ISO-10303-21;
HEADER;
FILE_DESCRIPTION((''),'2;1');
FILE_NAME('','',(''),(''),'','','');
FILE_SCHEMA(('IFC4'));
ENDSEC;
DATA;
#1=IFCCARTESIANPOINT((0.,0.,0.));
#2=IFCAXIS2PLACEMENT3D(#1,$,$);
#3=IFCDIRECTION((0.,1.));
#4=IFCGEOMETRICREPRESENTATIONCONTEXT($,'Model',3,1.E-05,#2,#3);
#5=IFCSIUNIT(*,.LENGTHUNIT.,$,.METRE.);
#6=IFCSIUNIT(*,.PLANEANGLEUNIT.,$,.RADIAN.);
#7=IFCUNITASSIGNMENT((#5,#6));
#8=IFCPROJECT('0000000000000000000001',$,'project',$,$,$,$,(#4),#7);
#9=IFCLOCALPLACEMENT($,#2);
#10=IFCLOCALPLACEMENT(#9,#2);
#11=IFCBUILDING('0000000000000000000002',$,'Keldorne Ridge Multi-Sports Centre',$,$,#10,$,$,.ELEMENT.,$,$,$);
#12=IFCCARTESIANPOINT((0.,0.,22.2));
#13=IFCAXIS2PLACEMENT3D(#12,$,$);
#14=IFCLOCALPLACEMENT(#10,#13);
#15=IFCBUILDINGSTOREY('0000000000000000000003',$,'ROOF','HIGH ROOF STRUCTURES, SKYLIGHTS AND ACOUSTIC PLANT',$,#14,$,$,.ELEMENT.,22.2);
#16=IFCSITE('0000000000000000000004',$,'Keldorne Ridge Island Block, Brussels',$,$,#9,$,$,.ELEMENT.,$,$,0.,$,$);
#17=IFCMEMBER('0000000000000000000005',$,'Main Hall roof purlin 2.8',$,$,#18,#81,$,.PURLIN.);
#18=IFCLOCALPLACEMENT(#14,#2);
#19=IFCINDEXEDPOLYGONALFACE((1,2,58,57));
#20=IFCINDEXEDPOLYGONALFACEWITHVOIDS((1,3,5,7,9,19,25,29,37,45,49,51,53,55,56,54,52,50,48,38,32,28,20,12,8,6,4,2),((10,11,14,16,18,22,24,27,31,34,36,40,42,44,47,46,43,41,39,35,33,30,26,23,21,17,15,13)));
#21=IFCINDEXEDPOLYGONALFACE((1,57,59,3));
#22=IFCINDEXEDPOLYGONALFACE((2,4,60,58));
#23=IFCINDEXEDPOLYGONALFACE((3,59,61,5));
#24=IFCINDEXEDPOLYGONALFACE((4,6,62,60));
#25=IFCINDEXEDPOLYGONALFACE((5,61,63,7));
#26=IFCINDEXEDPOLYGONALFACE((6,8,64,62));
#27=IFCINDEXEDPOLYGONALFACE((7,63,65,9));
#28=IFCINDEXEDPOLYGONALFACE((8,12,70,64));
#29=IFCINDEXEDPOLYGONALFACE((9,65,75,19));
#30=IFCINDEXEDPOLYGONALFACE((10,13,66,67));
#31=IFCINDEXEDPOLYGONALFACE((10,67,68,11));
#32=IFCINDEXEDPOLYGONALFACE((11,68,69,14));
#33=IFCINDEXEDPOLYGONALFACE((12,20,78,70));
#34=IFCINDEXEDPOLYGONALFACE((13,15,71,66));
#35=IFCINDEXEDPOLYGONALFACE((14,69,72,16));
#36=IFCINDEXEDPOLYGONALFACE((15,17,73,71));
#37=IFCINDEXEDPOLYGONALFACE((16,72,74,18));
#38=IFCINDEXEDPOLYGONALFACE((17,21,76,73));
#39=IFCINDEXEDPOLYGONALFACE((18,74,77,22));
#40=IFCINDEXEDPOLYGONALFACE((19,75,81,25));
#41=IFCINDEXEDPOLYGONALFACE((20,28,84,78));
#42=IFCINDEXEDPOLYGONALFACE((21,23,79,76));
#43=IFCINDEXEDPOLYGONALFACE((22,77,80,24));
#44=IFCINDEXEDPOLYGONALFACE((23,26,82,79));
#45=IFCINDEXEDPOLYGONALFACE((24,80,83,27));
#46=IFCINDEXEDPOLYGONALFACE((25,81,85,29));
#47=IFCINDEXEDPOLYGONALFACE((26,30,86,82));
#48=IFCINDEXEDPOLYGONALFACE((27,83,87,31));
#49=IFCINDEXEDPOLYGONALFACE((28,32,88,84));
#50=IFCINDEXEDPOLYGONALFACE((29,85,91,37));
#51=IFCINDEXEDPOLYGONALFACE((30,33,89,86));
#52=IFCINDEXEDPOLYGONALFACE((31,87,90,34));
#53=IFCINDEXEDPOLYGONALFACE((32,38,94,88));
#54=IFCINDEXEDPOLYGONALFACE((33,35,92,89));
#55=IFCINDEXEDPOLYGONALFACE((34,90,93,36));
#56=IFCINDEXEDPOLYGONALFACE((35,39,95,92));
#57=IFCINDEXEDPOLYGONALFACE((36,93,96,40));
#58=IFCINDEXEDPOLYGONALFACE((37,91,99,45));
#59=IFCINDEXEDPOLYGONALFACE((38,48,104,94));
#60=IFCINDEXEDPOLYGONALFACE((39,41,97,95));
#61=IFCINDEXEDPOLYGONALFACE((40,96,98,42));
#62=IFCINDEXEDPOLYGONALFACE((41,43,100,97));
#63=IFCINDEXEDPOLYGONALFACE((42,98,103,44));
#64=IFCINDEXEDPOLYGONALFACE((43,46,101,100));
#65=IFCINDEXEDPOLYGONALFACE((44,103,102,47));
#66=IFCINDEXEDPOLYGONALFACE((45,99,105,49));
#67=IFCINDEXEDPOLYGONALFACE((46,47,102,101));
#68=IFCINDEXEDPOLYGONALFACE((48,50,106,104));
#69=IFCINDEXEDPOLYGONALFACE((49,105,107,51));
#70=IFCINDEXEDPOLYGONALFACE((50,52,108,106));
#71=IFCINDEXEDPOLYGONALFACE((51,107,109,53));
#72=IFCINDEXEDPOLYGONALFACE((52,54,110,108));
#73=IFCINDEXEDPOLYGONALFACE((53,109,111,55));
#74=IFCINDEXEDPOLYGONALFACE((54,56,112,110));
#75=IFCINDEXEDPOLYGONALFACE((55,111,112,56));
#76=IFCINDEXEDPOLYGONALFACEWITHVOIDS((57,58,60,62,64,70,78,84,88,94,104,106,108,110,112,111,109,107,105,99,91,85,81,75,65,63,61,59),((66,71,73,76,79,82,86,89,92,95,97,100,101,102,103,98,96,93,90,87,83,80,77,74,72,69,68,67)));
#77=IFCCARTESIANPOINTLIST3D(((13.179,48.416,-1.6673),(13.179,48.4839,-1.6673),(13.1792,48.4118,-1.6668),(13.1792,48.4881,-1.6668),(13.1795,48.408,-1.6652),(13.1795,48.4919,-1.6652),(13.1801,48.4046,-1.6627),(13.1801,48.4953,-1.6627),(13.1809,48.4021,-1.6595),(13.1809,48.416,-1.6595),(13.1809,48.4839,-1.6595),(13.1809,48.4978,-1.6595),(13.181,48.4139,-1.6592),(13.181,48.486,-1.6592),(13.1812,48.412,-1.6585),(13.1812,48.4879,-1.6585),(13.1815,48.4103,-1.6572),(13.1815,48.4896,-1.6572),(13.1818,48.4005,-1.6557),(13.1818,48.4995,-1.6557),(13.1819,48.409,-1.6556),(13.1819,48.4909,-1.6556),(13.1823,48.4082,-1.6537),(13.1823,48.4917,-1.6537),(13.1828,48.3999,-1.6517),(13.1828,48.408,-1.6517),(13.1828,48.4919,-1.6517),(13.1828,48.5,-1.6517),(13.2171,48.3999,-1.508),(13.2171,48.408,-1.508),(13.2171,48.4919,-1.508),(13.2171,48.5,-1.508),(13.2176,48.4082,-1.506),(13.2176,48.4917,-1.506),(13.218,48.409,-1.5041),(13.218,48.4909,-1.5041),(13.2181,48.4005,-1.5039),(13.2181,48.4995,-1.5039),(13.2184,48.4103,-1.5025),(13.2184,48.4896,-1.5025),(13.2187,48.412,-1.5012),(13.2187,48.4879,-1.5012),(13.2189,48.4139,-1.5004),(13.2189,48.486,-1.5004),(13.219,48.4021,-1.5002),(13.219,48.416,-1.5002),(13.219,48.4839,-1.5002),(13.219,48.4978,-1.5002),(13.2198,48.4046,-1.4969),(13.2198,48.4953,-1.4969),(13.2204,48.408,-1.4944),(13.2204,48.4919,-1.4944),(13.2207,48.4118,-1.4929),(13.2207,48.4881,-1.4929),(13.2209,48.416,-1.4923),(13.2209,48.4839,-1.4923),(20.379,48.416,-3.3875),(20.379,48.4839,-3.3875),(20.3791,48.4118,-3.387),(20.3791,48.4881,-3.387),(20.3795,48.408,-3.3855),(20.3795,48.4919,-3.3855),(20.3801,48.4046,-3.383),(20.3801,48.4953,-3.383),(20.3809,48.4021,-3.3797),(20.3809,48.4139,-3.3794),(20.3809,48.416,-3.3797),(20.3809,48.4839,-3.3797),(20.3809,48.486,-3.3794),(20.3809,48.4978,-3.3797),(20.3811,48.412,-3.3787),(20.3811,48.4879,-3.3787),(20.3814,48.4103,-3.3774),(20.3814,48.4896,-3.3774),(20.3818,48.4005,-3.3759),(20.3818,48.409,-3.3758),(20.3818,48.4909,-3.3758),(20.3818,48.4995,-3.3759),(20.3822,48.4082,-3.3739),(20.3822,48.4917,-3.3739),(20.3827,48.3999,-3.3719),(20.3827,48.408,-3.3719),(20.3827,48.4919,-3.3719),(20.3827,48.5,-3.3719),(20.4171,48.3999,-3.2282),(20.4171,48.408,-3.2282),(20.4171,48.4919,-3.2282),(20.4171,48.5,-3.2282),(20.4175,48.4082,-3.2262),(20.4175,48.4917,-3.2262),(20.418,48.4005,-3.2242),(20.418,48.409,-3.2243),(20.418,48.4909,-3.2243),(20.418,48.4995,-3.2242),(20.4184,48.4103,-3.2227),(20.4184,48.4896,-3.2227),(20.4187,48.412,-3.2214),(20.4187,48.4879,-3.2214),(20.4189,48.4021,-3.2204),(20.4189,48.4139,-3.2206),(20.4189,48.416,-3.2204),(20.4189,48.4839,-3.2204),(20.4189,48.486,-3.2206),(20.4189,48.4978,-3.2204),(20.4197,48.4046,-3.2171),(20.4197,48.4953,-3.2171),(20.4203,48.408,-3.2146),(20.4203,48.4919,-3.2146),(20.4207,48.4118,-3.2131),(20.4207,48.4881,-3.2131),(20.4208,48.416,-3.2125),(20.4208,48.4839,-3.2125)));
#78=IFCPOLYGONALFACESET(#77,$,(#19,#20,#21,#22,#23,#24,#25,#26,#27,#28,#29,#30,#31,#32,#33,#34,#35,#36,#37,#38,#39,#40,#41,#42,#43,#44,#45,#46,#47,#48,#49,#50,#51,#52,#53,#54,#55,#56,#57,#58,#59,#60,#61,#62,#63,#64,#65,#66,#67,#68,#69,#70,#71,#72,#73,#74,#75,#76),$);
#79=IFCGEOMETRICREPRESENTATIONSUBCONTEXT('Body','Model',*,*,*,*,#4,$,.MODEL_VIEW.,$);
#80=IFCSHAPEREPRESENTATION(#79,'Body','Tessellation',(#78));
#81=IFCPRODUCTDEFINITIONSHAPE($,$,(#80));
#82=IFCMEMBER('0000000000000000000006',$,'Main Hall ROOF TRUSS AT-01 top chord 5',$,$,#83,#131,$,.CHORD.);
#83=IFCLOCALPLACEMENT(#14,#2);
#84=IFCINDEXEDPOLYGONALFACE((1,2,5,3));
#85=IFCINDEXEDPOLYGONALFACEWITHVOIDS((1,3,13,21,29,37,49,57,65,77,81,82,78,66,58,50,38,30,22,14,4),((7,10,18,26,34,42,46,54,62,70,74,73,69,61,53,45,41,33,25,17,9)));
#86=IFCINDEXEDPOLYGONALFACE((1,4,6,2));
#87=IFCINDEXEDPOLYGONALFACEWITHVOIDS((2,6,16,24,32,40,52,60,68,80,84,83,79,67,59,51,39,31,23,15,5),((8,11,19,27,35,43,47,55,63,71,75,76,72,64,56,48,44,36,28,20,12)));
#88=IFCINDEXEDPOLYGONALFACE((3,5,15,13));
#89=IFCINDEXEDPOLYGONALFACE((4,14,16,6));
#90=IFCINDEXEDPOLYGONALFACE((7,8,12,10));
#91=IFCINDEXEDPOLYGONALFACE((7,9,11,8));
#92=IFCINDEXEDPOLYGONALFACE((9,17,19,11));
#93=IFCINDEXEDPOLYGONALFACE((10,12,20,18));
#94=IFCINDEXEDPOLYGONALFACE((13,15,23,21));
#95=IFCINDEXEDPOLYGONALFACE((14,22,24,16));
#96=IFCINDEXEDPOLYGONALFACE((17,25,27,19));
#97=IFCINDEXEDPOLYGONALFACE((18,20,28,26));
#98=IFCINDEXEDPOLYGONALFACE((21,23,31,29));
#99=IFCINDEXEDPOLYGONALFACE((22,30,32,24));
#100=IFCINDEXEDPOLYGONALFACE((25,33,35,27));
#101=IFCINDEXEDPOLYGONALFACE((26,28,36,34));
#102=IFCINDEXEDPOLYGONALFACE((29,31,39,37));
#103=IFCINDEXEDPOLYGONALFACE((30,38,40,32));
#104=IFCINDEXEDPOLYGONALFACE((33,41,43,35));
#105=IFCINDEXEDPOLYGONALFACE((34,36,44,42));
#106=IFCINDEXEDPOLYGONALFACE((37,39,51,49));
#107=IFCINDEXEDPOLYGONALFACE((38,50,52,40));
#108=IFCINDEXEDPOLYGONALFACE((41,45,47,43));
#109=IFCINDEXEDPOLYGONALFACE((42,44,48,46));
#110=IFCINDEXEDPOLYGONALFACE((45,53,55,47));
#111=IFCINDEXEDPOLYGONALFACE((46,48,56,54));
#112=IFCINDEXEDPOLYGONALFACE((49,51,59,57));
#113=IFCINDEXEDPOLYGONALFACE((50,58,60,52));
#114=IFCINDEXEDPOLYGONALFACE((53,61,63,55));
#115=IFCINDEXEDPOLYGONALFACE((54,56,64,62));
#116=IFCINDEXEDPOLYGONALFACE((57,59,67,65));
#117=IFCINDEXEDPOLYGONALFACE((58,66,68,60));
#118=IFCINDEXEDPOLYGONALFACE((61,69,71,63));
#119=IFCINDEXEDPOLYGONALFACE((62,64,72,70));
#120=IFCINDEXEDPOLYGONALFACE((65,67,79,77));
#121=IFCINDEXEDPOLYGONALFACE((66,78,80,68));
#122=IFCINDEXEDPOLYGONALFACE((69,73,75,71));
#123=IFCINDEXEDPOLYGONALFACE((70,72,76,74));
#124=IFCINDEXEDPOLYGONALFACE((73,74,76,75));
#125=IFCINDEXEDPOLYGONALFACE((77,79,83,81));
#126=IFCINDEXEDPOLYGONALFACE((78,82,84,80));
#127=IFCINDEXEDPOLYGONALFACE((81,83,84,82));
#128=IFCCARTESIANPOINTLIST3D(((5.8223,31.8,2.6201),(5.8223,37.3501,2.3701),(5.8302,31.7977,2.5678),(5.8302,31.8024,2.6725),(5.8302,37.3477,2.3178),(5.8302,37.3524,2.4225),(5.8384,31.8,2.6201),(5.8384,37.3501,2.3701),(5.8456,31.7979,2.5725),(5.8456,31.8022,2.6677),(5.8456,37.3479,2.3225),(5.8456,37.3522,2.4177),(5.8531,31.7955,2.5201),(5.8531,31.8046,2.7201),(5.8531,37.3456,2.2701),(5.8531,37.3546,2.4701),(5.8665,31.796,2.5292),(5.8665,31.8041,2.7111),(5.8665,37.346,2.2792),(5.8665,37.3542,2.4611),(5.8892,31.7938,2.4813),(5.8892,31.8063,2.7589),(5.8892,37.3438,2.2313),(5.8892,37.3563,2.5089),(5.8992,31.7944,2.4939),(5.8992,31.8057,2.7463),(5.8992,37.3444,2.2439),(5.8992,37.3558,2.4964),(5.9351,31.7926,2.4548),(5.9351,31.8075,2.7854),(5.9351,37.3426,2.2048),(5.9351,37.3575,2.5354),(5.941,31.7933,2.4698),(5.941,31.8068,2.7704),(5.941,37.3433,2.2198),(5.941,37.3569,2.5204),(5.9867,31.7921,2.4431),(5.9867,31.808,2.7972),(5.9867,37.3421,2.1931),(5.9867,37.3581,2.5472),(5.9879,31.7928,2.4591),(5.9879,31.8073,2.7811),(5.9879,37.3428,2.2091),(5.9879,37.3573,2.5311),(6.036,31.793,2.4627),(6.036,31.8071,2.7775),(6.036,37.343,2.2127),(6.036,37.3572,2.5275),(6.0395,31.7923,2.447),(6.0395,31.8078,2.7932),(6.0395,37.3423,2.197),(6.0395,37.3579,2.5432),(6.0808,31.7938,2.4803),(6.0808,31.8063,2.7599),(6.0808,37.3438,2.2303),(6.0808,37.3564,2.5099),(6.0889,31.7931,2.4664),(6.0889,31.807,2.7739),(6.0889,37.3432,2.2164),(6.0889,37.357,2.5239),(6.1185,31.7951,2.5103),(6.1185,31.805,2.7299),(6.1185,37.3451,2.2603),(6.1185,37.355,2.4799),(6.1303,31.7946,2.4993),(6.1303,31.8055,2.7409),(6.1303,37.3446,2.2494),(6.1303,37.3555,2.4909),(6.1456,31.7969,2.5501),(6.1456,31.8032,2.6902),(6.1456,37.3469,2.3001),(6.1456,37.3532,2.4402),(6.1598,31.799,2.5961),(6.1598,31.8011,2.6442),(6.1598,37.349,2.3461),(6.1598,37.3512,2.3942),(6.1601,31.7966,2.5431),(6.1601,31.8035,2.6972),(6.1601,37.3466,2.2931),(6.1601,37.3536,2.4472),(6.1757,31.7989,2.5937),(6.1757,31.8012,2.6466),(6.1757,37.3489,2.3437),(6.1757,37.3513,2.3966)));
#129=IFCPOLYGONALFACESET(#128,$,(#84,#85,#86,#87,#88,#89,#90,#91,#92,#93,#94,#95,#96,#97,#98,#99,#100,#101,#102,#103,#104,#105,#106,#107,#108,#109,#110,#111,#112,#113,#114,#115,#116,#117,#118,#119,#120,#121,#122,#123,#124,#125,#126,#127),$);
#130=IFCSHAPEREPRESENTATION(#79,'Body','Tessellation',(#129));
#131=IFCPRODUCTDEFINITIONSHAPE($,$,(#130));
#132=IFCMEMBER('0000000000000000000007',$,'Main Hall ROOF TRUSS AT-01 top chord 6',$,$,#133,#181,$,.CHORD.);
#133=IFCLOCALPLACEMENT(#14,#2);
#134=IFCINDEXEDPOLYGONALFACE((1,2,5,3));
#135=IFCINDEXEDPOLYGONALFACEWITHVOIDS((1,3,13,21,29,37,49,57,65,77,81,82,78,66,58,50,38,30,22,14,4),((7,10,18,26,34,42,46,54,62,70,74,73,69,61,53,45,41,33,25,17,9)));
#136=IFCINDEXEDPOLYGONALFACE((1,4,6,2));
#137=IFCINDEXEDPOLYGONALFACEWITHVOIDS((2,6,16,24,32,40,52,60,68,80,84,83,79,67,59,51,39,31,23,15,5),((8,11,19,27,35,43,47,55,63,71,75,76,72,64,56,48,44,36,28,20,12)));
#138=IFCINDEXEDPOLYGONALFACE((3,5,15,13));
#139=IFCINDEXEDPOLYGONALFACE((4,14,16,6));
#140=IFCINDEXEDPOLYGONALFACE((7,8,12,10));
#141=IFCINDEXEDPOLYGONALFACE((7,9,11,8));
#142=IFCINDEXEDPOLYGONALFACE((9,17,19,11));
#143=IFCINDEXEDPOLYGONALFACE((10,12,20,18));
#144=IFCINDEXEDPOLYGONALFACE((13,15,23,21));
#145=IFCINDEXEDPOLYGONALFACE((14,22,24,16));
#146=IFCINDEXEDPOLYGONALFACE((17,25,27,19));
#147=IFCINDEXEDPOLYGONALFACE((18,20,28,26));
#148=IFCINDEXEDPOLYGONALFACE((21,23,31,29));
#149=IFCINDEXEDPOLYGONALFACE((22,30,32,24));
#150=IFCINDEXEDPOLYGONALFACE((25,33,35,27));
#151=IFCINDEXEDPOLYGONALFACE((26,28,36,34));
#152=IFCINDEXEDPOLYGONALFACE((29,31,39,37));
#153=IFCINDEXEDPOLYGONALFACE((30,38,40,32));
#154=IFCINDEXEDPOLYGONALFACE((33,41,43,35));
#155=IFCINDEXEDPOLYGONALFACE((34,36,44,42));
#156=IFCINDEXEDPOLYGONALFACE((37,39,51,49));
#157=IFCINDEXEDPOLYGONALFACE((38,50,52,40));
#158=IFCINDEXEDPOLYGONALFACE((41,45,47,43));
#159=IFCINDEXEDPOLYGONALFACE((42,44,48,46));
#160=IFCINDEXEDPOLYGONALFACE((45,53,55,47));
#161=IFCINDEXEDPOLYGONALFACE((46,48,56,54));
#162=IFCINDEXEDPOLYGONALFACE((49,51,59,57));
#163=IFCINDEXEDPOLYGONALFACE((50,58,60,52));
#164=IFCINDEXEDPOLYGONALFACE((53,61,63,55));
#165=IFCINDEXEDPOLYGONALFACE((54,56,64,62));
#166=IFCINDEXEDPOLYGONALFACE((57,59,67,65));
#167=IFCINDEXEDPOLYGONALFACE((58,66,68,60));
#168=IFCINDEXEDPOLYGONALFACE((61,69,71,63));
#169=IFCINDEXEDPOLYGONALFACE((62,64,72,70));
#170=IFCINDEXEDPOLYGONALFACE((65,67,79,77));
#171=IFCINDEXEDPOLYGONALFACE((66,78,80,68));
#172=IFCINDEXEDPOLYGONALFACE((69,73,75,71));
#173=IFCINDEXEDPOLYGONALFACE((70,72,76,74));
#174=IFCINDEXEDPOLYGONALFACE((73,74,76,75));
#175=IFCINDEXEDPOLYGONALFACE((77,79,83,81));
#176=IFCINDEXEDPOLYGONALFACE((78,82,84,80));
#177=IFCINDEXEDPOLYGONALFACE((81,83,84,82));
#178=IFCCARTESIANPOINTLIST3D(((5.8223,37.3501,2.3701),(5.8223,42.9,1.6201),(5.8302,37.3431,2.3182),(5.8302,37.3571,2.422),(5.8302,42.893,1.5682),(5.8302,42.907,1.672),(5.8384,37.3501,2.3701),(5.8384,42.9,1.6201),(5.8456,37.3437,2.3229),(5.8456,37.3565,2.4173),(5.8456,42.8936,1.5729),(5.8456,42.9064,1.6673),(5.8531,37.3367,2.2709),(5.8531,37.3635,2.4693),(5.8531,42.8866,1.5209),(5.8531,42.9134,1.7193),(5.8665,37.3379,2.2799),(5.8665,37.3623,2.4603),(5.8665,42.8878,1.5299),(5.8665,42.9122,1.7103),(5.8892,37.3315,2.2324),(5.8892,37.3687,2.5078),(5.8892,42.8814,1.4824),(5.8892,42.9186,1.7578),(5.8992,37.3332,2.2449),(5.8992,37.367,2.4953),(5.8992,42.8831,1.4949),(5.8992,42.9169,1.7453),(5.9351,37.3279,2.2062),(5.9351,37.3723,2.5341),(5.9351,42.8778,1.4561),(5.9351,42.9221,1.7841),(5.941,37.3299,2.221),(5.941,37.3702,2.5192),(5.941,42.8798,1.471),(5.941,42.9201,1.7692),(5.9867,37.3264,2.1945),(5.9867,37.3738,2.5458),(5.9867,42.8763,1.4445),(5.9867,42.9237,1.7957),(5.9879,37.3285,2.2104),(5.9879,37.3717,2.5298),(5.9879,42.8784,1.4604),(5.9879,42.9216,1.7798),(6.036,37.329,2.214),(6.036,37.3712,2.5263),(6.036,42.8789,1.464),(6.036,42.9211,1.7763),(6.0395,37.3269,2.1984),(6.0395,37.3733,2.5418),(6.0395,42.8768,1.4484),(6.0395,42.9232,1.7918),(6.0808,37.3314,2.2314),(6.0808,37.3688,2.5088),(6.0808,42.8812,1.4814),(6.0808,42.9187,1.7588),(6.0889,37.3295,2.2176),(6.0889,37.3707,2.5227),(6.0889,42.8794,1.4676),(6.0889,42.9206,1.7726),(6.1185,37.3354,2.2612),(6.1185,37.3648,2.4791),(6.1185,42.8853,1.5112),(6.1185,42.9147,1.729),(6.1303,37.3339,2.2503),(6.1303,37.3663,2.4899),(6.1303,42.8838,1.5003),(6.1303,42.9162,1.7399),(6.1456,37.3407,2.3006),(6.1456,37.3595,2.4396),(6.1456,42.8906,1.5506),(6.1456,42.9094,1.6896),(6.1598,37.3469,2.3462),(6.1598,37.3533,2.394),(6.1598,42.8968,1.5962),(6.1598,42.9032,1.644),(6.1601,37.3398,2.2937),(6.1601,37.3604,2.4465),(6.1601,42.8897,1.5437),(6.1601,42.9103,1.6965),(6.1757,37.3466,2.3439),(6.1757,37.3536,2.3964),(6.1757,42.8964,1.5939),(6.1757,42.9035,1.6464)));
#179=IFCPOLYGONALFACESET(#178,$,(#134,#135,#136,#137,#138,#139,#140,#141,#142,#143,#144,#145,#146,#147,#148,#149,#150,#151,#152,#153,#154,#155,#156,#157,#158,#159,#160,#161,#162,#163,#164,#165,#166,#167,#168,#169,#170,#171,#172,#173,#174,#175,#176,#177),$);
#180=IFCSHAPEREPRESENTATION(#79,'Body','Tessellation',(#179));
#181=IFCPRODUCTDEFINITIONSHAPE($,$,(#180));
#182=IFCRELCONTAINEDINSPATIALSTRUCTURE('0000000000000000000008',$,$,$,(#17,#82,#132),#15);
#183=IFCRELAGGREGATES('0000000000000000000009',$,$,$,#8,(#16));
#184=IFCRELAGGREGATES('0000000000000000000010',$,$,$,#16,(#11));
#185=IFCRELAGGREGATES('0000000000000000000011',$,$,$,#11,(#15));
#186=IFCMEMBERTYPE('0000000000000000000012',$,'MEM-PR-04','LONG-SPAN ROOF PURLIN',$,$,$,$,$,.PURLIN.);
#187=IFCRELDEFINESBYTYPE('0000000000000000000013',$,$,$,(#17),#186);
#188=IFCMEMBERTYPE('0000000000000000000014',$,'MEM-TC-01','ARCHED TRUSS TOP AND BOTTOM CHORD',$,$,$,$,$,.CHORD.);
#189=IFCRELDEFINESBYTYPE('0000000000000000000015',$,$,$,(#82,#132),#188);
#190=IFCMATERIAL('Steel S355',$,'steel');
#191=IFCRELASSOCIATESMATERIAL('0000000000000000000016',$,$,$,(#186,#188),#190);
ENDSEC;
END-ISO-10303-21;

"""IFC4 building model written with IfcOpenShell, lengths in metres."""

from ifc_helpers import new_model, si_unit, direction, frame, origin, origin_2d, place, context, subcontext, project, spatial, hollow_rectangle, hollow_circle, extrude, material, material_profile, profile_set, type_object, element, save


model = new_model("IFC4")

# Units and contexts
model_context = context("Model", 3, precision=1e-05, world=origin(), true_north=direction((0.0, 1.0)))
body_context = subcontext(model_context, "Body", "Model", "MODEL_VIEW")
ifc_project = project(units=[si_unit("LENGTHUNIT", "METRE"), si_unit("PLANEANGLEUNIT", "RADIAN")], contexts=[model_context])

# Site, building, storey
site_placement = place(None, origin())
site = spatial("IfcSite", under=ifc_project, at=site_placement, Name="Keldorne Ridge Island Block, Brussels", CompositionType="ELEMENT", RefElevation=0.0)
building_placement = place(site_placement, origin())
building = spatial("IfcBuilding", under=site, at=building_placement, Name="Keldorne Ridge Multi-Sports Centre", CompositionType="ELEMENT")
storey_placement = place(building_placement, frame((0.0, 0.0, 22.2)))
storey = spatial("IfcBuildingStorey", under=building, at=storey_placement, Name="ROOF", Description="HIGH ROOF STRUCTURES, SKYLIGHTS AND ACOUSTIC PLANT", CompositionType="ELEMENT", Elevation=22.2)

# Members
ifc_material = material(Name="Steel S355", Category="steel")
ifc_material_profile_1 = material_profile(ifc_material, hollow_rectangle(XDim=0.1001, YDim=0.1799, WallThickness=0.0081, InnerFilletRadius=0.0081, OuterFilletRadius=0.0161, at=origin_2d()), Name="RHS 180x100x8")
ifc_profile_set_1 = profile_set([ifc_material_profile_1], Name="Steel S355")
member_type_1 = type_object("IfcMemberType", Name="MEM-PR-04", Description="LONG-SPAN ROOF PURLIN", PredefinedType="PURLIN", material=ifc_profile_set_1)
for number, where, z_axis, x_axis, name in (
    (1, (13.2, 48.45, -1.5798), (0.972625, 0.0, -0.23238), (0.0, 1.0, 0.0), "Main Hall roof purlin 2.8"),
):
    element("IfcMember", number, at=place(storey_placement, frame(where, z_axis=z_axis, x_axis=x_axis)), inside=storey, type_object=member_type_1, Name=name, PredefinedType="PURLIN", context=body_context, shape_type="SweptSolid", body=[
        extrude(hollow_rectangle(XDim=0.1001, YDim=0.1799, WallThickness=0.0081, InnerFilletRadius=0.0081, OuterFilletRadius=0.0161, at=origin_2d()), origin(), (0.0, 0.0, 1.0), 7.4026),
    ])
ifc_material_profile_2 = material_profile(ifc_material, hollow_circle(Radius=0.1777, WallThickness=0.0161, at=origin_2d()), Name="CHS 355.6x16")
ifc_profile_set_2 = profile_set([ifc_material_profile_2], Name="Steel S355")
member_type_2 = type_object("IfcMemberType", Name="MEM-TC-01", Description="ARCHED TRUSS TOP AND BOTTOM CHORD", PredefinedType="CHORD", material=ifc_profile_set_2)
member_1_placement = place(storey_placement, frame((6.0, 31.8, 2.6201), z_axis=(0.0, 0.998987, -0.044999), x_axis=(-1.0, 0.0, 0.0)))
element("IfcMember", 2, at=member_1_placement, inside=storey, type_object=member_type_2, Name="Main Hall ROOF TRUSS AT-01 top chord 5", PredefinedType="CHORD", context=body_context, shape_type="SweptSolid", body=[
    extrude(hollow_circle(Radius=0.1777, WallThickness=0.0161, at=origin_2d()), origin(), (0.0, 0.0, 1.0), 5.5557),
])
member_2_placement = place(storey_placement, frame((6.0, 37.3501, 2.3701), z_axis=(0.0, 0.990992, -0.133923), x_axis=(-1.0, 0.0, 0.0)))
element("IfcMember", 3, at=member_2_placement, inside=storey, type_object=member_type_2, Name="Main Hall ROOF TRUSS AT-01 top chord 6", PredefinedType="CHORD", context=body_context, shape_type="SweptSolid", body=[
    extrude(hollow_circle(Radius=0.1777, WallThickness=0.0161, at=origin_2d()), origin(), (0.0, 0.0, 1.0), 5.6003),
])

save(model, "model.ifc")
